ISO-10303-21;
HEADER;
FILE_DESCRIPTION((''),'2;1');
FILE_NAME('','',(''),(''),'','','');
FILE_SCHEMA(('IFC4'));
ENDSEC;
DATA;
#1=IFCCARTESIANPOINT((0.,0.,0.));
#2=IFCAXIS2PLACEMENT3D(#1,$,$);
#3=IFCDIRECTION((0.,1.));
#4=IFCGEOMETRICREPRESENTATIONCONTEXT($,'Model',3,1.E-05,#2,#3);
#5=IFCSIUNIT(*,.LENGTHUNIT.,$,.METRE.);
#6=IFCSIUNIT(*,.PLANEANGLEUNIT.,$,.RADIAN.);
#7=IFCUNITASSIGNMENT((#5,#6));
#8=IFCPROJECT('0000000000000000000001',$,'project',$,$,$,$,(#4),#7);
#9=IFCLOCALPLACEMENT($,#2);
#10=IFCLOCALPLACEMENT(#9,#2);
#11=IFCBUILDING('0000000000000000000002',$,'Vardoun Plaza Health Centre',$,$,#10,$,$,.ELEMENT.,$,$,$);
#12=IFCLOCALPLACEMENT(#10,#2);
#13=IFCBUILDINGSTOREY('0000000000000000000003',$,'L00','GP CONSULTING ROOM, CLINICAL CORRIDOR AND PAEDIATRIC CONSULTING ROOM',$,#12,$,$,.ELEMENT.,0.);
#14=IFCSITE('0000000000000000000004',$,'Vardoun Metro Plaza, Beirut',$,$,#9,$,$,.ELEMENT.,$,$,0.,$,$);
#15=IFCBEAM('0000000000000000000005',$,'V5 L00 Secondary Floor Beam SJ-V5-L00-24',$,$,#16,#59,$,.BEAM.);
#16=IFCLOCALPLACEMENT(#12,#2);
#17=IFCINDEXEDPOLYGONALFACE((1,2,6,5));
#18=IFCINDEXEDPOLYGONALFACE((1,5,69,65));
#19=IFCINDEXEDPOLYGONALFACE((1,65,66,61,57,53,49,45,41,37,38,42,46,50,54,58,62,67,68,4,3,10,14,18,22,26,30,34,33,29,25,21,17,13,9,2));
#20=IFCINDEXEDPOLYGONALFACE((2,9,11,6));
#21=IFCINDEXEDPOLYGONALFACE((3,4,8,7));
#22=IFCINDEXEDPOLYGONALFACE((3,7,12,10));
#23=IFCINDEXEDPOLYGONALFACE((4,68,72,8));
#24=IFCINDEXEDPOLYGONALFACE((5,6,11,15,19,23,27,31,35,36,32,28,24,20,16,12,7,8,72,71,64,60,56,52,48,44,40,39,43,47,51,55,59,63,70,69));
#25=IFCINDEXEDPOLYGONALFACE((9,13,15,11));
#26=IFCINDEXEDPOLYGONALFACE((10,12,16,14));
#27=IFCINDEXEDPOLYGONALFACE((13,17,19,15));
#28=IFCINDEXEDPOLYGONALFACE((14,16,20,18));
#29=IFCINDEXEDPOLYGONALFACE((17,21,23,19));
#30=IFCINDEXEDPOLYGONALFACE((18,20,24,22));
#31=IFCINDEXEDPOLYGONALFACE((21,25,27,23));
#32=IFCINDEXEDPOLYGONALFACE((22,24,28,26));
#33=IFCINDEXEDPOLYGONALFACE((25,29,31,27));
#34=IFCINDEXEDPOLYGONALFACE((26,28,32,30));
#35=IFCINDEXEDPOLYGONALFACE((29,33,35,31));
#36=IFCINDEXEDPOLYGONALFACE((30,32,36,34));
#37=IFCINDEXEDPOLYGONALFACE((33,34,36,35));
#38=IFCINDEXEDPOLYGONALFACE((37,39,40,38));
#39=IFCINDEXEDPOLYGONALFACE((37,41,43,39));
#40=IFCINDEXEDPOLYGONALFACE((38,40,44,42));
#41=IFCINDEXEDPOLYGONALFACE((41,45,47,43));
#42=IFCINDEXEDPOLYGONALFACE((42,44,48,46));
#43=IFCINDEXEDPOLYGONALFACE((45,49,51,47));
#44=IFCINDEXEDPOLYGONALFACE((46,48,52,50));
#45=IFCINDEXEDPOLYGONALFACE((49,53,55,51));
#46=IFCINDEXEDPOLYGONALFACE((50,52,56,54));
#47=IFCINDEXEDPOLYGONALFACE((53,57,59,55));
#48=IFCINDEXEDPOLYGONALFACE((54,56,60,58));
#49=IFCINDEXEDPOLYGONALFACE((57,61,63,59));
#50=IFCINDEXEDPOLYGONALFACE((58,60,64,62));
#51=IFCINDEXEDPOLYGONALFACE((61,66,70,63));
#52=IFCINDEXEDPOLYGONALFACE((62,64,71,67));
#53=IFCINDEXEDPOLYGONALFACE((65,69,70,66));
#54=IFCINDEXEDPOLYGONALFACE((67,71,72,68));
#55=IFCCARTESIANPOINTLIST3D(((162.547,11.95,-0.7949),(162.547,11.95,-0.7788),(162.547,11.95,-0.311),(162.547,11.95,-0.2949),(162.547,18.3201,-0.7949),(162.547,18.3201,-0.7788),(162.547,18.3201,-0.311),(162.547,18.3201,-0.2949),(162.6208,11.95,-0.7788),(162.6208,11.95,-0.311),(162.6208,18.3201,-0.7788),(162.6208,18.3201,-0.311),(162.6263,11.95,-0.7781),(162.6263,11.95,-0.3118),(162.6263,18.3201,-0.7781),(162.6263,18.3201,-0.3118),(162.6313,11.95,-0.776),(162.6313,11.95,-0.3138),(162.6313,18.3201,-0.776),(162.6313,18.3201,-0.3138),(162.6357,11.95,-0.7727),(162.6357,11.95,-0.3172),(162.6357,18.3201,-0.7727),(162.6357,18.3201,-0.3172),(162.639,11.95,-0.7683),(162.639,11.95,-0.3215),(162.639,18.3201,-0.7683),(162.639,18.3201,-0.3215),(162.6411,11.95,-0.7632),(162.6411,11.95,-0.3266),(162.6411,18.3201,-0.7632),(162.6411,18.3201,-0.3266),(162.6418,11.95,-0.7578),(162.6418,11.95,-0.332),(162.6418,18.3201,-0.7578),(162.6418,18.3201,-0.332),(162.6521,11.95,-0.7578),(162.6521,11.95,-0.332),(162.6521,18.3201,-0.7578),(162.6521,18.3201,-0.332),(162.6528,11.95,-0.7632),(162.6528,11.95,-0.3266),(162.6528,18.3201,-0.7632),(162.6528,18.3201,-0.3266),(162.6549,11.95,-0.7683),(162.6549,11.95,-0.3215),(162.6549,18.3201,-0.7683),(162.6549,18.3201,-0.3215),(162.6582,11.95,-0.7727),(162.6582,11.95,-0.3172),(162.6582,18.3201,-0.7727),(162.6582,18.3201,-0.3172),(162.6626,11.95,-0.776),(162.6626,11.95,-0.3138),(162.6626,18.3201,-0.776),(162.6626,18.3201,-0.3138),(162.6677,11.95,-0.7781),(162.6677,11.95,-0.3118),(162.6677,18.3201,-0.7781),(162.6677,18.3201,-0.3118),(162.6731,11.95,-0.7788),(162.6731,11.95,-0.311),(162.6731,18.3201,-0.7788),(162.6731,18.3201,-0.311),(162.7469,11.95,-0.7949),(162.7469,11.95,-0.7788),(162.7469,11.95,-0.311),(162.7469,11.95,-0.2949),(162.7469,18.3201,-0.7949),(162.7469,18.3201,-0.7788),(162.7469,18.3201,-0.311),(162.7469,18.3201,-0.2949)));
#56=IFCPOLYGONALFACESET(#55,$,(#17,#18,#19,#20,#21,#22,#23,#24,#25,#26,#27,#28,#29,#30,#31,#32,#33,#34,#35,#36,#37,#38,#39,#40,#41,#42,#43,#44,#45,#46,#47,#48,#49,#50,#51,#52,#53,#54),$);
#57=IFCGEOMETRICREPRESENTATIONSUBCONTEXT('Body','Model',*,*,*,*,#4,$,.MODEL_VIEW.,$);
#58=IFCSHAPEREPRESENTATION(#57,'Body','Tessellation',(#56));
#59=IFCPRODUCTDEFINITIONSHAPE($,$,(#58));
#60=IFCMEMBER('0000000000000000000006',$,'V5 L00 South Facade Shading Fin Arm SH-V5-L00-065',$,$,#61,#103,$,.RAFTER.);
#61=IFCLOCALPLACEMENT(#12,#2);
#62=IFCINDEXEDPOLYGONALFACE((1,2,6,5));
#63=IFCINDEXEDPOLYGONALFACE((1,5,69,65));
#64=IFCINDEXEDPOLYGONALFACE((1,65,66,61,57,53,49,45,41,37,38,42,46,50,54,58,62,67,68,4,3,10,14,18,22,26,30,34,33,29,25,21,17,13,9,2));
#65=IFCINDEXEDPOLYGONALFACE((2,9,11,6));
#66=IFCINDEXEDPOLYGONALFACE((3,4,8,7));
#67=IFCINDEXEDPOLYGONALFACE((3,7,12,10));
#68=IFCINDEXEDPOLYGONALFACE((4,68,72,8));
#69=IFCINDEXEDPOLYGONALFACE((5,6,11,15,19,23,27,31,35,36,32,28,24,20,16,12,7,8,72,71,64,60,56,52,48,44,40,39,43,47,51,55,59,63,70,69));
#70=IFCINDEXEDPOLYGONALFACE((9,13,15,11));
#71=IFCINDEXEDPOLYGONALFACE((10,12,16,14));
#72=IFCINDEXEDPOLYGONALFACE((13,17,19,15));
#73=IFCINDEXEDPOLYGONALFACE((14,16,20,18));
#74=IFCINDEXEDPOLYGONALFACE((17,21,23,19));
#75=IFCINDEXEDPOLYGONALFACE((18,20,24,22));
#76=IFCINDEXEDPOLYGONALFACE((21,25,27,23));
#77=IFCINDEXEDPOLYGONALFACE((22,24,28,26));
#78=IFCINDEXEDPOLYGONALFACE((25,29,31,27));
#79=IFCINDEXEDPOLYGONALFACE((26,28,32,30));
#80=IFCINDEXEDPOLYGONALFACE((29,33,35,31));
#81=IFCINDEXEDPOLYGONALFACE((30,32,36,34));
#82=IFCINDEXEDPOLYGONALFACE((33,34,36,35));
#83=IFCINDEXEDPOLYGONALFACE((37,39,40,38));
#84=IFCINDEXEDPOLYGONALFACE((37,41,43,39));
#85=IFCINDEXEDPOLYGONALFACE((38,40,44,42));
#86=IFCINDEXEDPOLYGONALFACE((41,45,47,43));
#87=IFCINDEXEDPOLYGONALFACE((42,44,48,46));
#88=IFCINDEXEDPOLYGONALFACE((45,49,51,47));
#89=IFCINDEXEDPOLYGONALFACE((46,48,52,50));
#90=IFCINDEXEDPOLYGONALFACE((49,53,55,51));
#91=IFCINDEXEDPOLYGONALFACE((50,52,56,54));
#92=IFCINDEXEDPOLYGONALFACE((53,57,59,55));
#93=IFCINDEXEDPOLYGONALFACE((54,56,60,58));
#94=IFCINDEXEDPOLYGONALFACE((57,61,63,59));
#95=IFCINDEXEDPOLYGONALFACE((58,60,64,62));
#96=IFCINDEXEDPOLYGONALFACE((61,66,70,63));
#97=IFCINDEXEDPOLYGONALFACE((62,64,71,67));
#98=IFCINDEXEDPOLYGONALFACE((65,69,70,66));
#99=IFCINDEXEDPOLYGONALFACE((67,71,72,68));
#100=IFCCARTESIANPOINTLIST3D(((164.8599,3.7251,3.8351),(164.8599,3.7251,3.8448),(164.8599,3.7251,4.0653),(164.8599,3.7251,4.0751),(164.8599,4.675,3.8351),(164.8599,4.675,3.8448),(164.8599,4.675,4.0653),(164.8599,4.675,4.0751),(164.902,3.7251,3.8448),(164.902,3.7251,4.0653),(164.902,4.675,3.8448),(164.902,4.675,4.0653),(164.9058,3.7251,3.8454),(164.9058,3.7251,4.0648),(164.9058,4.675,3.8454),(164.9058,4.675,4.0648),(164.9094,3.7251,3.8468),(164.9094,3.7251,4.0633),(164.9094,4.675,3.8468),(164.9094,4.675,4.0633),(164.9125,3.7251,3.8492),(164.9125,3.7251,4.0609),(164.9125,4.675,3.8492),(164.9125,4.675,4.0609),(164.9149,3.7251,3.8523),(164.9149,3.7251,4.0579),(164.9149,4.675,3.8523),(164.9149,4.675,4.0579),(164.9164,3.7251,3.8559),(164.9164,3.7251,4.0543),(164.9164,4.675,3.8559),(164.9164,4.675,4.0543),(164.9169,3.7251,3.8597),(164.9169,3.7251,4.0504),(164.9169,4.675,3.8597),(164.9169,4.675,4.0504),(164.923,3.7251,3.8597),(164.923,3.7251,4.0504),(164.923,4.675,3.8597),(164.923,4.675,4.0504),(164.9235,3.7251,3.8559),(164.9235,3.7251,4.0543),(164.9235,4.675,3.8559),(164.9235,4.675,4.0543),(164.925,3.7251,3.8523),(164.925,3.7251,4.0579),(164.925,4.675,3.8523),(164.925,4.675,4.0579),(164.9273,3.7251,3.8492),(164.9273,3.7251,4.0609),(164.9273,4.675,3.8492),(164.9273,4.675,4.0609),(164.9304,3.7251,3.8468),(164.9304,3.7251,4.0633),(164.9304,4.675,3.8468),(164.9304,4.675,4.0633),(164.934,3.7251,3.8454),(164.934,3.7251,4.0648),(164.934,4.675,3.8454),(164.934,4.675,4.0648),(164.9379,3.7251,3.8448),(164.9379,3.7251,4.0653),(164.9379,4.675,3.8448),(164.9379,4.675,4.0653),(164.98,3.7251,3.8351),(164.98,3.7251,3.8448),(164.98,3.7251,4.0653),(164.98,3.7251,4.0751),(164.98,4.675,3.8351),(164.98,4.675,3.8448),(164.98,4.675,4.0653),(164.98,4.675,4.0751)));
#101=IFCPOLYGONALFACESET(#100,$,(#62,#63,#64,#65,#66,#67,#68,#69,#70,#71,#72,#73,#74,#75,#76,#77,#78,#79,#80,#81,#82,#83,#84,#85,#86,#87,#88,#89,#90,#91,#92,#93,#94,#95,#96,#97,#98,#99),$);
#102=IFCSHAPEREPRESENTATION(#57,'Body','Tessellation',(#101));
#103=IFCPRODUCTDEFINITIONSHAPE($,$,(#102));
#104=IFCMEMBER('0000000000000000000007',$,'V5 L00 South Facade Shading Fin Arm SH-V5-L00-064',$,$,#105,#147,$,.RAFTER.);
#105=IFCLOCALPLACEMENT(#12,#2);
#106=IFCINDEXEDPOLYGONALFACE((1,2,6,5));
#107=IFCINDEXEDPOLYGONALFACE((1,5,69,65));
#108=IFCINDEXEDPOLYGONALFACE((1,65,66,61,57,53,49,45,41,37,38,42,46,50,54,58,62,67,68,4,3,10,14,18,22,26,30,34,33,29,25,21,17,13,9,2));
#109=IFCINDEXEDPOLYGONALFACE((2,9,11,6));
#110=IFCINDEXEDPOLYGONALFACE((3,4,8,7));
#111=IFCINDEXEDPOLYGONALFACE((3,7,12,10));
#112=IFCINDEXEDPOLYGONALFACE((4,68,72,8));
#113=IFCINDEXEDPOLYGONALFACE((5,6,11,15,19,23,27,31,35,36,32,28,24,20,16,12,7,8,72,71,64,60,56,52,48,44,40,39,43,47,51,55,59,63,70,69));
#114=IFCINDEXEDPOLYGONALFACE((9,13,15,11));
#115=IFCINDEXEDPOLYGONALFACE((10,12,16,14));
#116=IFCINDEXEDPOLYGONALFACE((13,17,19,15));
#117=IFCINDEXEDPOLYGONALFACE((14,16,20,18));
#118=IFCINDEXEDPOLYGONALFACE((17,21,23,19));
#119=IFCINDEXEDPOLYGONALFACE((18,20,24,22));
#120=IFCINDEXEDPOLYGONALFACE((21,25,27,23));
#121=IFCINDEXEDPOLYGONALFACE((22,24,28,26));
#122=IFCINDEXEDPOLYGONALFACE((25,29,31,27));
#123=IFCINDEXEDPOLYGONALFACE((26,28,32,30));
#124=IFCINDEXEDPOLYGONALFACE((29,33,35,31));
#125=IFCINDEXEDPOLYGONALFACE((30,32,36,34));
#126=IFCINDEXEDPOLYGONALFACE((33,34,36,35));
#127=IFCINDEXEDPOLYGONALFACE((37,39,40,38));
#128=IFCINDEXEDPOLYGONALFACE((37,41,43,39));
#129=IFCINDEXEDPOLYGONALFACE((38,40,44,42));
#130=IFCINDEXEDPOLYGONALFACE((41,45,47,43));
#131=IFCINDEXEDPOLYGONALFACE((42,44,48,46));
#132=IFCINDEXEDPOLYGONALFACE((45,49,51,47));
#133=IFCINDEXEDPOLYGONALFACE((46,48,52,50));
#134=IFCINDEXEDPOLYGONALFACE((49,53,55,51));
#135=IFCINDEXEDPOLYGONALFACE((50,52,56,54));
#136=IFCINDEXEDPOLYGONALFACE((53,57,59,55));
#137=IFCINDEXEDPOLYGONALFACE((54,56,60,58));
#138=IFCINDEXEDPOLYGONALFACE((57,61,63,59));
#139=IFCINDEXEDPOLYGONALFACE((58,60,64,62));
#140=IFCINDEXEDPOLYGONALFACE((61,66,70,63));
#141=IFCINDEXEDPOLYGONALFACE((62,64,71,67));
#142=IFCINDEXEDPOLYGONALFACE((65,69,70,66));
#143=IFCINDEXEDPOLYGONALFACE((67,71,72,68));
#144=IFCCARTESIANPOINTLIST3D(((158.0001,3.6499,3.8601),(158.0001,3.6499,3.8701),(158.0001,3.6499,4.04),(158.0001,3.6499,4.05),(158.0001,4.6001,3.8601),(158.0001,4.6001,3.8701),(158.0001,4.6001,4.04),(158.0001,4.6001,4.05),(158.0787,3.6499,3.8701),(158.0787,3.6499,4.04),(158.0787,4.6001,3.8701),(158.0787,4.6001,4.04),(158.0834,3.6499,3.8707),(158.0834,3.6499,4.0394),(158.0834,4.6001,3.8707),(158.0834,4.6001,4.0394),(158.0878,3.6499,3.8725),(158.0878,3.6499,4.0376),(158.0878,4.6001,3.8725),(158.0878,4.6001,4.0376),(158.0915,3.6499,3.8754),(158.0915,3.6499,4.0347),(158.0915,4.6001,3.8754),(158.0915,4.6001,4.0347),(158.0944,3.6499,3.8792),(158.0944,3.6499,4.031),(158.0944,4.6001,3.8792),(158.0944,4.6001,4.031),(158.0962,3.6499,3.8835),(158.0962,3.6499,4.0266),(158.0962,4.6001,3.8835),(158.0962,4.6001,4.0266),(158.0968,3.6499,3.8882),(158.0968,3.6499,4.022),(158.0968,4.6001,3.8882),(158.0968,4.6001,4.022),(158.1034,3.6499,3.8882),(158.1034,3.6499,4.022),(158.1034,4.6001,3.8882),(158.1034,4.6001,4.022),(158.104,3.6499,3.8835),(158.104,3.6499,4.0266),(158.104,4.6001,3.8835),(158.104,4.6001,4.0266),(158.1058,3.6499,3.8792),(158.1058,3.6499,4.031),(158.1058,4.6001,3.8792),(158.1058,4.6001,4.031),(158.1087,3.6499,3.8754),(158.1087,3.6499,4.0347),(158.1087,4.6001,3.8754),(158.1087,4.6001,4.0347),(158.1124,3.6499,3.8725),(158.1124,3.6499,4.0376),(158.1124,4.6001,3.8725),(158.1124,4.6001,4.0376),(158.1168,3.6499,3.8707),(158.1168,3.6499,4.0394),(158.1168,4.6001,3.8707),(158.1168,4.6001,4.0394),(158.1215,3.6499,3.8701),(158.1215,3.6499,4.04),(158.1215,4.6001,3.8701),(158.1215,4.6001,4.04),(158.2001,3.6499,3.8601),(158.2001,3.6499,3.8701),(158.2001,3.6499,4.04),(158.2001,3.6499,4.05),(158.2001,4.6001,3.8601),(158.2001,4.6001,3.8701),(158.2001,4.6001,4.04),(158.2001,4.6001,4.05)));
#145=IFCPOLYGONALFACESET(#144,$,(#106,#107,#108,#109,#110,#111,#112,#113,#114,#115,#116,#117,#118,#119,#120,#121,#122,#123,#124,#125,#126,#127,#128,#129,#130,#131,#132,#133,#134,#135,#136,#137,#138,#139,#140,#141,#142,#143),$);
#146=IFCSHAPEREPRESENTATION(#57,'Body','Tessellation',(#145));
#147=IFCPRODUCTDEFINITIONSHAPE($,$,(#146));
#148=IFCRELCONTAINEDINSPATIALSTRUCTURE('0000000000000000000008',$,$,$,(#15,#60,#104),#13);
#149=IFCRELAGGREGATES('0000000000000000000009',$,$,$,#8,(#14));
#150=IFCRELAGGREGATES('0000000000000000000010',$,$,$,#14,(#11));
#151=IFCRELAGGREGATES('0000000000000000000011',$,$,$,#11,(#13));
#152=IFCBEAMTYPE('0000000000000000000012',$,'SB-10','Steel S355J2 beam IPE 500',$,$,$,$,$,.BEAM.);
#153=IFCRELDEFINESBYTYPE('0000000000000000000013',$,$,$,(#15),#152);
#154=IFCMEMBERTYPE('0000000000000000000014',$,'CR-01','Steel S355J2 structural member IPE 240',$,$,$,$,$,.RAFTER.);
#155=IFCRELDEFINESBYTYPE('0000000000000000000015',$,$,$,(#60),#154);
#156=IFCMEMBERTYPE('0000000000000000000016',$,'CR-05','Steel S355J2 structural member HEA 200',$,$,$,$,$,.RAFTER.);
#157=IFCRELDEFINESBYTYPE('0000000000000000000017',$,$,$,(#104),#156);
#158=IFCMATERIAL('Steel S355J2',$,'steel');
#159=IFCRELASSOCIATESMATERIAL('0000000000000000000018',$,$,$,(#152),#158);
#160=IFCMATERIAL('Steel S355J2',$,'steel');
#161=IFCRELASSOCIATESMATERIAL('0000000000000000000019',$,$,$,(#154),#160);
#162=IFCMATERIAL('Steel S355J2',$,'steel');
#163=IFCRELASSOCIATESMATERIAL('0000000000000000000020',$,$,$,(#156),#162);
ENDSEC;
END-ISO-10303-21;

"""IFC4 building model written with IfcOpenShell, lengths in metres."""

from ifc_helpers import new_model, si_unit, direction, frame, origin, origin_2d, place, context, subcontext, project, spatial, i_section, extrude, material, material_profile, profile_set, type_object, element, save


model = new_model("IFC4")

# Units and contexts
model_context = context("Model", 3, precision=1e-05, world=origin(), true_north=direction((0.0, 1.0)))
body_context = subcontext(model_context, "Body", "Model", "MODEL_VIEW")
ifc_project = project(units=[si_unit("LENGTHUNIT", "METRE"), si_unit("PLANEANGLEUNIT", "RADIAN")], contexts=[model_context])

# Site, building, storey
site_placement = place(None, origin())
site = spatial("IfcSite", under=ifc_project, at=site_placement, Name="Vardoun Metro Plaza, Beirut", CompositionType="ELEMENT", RefElevation=0.0)
building_placement = place(site_placement, origin())
building = spatial("IfcBuilding", under=site, at=building_placement, Name="Vardoun Plaza Health Centre", CompositionType="ELEMENT")
storey_placement = place(building_placement, origin())
storey = spatial("IfcBuildingStorey", under=building, at=storey_placement, Name="L00", Description="GP CONSULTING ROOM, CLINICAL CORRIDOR AND PAEDIATRIC CONSULTING ROOM", CompositionType="ELEMENT", Elevation=0.0)

# Beam
ifc_material_1 = material(Name="Steel S355J2", Category="steel")
ifc_material_profile_1 = material_profile(ifc_material_1, i_section(OverallWidth=0.2, OverallDepth=0.5, WebThickness=0.0103, FlangeThickness=0.0161, FilletRadius=0.021, at=origin_2d()), Name="IPE 500")
ifc_profile_set_1 = profile_set([ifc_material_profile_1], Name="Steel S355J2")
beam_type_1 = type_object("IfcBeamType", Name="SB-10", Description="Steel S355J2 beam IPE 500", PredefinedType="BEAM", material=ifc_profile_set_1)
beam_1_placement = place(storey_placement, frame((162.647, 11.95, -0.5449), z_axis=(0.0, 1.0, 0.0), x_axis=(-1.0, 0.0, 0.0)))
element("IfcBeam", 1, at=beam_1_placement, inside=storey, type_object=beam_type_1, Name="V5 L00 Secondary Floor Beam SJ-V5-L00-24", PredefinedType="BEAM", context=body_context, shape_type="SweptSolid", body=[
    extrude(i_section(OverallWidth=0.2, OverallDepth=0.5, WebThickness=0.0103, FlangeThickness=0.0161, FilletRadius=0.021, at=origin_2d()), origin(), (0.0, 0.0, 1.0), 6.3701),
])

# Members
ifc_material_2 = material(Name="Steel S355J2", Category="steel")
ifc_material_profile_2 = material_profile(ifc_material_2, i_section(OverallWidth=0.1201, OverallDepth=0.24, WebThickness=0.0061, FlangeThickness=0.0098, FilletRadius=0.0149, at=origin_2d()), Name="IPE 240")
ifc_profile_set_2 = profile_set([ifc_material_profile_2], Name="Steel S355J2")
member_type_1 = type_object("IfcMemberType", Name="CR-01", Description="Steel S355J2 structural member IPE 240", PredefinedType="RAFTER", material=ifc_profile_set_2)
member_1_placement = place(storey_placement, frame((164.9199, 4.675, 3.9551), z_axis=(0.0, -1.0, 0.0), x_axis=(1.0, 0.0, 0.0)))
element("IfcMember", 2, at=member_1_placement, inside=storey, type_object=member_type_1, Name="V5 L00 South Facade Shading Fin Arm SH-V5-L00-065", PredefinedType="RAFTER", context=body_context, shape_type="SweptSolid", body=[
    extrude(i_section(OverallWidth=0.1201, OverallDepth=0.24, WebThickness=0.0061, FlangeThickness=0.0098, FilletRadius=0.0149, at=origin_2d()), origin(), (0.0, 0.0, 1.0), 0.95),
])
ifc_material_3 = material(Name="Steel S355J2", Category="steel")
ifc_material_profile_3 = material_profile(ifc_material_3, i_section(OverallWidth=0.2, OverallDepth=0.1899, WebThickness=0.0066, FlangeThickness=0.01, FilletRadius=0.0181, at=origin_2d()), Name="HEA 200")
ifc_profile_set_3 = profile_set([ifc_material_profile_3], Name="Steel S355J2")
member_type_2 = type_object("IfcMemberType", Name="CR-05", Description="Steel S355J2 structural member HEA 200", PredefinedType="RAFTER", material=ifc_profile_set_3)
member_2_placement = place(storey_placement, frame((158.1001, 4.6001, 3.9551), z_axis=(0.0, -1.0, 0.0), x_axis=(1.0, 0.0, 0.0)))
element("IfcMember", 3, at=member_2_placement, inside=storey, type_object=member_type_2, Name="V5 L00 South Facade Shading Fin Arm SH-V5-L00-064", PredefinedType="RAFTER", context=body_context, shape_type="SweptSolid", body=[
    extrude(i_section(OverallWidth=0.2, OverallDepth=0.1899, WebThickness=0.0066, FlangeThickness=0.01, FilletRadius=0.0181, at=origin_2d()), origin(), (0.0, 0.0, 1.0), 0.9502),
])

save(model, "model.ifc")
